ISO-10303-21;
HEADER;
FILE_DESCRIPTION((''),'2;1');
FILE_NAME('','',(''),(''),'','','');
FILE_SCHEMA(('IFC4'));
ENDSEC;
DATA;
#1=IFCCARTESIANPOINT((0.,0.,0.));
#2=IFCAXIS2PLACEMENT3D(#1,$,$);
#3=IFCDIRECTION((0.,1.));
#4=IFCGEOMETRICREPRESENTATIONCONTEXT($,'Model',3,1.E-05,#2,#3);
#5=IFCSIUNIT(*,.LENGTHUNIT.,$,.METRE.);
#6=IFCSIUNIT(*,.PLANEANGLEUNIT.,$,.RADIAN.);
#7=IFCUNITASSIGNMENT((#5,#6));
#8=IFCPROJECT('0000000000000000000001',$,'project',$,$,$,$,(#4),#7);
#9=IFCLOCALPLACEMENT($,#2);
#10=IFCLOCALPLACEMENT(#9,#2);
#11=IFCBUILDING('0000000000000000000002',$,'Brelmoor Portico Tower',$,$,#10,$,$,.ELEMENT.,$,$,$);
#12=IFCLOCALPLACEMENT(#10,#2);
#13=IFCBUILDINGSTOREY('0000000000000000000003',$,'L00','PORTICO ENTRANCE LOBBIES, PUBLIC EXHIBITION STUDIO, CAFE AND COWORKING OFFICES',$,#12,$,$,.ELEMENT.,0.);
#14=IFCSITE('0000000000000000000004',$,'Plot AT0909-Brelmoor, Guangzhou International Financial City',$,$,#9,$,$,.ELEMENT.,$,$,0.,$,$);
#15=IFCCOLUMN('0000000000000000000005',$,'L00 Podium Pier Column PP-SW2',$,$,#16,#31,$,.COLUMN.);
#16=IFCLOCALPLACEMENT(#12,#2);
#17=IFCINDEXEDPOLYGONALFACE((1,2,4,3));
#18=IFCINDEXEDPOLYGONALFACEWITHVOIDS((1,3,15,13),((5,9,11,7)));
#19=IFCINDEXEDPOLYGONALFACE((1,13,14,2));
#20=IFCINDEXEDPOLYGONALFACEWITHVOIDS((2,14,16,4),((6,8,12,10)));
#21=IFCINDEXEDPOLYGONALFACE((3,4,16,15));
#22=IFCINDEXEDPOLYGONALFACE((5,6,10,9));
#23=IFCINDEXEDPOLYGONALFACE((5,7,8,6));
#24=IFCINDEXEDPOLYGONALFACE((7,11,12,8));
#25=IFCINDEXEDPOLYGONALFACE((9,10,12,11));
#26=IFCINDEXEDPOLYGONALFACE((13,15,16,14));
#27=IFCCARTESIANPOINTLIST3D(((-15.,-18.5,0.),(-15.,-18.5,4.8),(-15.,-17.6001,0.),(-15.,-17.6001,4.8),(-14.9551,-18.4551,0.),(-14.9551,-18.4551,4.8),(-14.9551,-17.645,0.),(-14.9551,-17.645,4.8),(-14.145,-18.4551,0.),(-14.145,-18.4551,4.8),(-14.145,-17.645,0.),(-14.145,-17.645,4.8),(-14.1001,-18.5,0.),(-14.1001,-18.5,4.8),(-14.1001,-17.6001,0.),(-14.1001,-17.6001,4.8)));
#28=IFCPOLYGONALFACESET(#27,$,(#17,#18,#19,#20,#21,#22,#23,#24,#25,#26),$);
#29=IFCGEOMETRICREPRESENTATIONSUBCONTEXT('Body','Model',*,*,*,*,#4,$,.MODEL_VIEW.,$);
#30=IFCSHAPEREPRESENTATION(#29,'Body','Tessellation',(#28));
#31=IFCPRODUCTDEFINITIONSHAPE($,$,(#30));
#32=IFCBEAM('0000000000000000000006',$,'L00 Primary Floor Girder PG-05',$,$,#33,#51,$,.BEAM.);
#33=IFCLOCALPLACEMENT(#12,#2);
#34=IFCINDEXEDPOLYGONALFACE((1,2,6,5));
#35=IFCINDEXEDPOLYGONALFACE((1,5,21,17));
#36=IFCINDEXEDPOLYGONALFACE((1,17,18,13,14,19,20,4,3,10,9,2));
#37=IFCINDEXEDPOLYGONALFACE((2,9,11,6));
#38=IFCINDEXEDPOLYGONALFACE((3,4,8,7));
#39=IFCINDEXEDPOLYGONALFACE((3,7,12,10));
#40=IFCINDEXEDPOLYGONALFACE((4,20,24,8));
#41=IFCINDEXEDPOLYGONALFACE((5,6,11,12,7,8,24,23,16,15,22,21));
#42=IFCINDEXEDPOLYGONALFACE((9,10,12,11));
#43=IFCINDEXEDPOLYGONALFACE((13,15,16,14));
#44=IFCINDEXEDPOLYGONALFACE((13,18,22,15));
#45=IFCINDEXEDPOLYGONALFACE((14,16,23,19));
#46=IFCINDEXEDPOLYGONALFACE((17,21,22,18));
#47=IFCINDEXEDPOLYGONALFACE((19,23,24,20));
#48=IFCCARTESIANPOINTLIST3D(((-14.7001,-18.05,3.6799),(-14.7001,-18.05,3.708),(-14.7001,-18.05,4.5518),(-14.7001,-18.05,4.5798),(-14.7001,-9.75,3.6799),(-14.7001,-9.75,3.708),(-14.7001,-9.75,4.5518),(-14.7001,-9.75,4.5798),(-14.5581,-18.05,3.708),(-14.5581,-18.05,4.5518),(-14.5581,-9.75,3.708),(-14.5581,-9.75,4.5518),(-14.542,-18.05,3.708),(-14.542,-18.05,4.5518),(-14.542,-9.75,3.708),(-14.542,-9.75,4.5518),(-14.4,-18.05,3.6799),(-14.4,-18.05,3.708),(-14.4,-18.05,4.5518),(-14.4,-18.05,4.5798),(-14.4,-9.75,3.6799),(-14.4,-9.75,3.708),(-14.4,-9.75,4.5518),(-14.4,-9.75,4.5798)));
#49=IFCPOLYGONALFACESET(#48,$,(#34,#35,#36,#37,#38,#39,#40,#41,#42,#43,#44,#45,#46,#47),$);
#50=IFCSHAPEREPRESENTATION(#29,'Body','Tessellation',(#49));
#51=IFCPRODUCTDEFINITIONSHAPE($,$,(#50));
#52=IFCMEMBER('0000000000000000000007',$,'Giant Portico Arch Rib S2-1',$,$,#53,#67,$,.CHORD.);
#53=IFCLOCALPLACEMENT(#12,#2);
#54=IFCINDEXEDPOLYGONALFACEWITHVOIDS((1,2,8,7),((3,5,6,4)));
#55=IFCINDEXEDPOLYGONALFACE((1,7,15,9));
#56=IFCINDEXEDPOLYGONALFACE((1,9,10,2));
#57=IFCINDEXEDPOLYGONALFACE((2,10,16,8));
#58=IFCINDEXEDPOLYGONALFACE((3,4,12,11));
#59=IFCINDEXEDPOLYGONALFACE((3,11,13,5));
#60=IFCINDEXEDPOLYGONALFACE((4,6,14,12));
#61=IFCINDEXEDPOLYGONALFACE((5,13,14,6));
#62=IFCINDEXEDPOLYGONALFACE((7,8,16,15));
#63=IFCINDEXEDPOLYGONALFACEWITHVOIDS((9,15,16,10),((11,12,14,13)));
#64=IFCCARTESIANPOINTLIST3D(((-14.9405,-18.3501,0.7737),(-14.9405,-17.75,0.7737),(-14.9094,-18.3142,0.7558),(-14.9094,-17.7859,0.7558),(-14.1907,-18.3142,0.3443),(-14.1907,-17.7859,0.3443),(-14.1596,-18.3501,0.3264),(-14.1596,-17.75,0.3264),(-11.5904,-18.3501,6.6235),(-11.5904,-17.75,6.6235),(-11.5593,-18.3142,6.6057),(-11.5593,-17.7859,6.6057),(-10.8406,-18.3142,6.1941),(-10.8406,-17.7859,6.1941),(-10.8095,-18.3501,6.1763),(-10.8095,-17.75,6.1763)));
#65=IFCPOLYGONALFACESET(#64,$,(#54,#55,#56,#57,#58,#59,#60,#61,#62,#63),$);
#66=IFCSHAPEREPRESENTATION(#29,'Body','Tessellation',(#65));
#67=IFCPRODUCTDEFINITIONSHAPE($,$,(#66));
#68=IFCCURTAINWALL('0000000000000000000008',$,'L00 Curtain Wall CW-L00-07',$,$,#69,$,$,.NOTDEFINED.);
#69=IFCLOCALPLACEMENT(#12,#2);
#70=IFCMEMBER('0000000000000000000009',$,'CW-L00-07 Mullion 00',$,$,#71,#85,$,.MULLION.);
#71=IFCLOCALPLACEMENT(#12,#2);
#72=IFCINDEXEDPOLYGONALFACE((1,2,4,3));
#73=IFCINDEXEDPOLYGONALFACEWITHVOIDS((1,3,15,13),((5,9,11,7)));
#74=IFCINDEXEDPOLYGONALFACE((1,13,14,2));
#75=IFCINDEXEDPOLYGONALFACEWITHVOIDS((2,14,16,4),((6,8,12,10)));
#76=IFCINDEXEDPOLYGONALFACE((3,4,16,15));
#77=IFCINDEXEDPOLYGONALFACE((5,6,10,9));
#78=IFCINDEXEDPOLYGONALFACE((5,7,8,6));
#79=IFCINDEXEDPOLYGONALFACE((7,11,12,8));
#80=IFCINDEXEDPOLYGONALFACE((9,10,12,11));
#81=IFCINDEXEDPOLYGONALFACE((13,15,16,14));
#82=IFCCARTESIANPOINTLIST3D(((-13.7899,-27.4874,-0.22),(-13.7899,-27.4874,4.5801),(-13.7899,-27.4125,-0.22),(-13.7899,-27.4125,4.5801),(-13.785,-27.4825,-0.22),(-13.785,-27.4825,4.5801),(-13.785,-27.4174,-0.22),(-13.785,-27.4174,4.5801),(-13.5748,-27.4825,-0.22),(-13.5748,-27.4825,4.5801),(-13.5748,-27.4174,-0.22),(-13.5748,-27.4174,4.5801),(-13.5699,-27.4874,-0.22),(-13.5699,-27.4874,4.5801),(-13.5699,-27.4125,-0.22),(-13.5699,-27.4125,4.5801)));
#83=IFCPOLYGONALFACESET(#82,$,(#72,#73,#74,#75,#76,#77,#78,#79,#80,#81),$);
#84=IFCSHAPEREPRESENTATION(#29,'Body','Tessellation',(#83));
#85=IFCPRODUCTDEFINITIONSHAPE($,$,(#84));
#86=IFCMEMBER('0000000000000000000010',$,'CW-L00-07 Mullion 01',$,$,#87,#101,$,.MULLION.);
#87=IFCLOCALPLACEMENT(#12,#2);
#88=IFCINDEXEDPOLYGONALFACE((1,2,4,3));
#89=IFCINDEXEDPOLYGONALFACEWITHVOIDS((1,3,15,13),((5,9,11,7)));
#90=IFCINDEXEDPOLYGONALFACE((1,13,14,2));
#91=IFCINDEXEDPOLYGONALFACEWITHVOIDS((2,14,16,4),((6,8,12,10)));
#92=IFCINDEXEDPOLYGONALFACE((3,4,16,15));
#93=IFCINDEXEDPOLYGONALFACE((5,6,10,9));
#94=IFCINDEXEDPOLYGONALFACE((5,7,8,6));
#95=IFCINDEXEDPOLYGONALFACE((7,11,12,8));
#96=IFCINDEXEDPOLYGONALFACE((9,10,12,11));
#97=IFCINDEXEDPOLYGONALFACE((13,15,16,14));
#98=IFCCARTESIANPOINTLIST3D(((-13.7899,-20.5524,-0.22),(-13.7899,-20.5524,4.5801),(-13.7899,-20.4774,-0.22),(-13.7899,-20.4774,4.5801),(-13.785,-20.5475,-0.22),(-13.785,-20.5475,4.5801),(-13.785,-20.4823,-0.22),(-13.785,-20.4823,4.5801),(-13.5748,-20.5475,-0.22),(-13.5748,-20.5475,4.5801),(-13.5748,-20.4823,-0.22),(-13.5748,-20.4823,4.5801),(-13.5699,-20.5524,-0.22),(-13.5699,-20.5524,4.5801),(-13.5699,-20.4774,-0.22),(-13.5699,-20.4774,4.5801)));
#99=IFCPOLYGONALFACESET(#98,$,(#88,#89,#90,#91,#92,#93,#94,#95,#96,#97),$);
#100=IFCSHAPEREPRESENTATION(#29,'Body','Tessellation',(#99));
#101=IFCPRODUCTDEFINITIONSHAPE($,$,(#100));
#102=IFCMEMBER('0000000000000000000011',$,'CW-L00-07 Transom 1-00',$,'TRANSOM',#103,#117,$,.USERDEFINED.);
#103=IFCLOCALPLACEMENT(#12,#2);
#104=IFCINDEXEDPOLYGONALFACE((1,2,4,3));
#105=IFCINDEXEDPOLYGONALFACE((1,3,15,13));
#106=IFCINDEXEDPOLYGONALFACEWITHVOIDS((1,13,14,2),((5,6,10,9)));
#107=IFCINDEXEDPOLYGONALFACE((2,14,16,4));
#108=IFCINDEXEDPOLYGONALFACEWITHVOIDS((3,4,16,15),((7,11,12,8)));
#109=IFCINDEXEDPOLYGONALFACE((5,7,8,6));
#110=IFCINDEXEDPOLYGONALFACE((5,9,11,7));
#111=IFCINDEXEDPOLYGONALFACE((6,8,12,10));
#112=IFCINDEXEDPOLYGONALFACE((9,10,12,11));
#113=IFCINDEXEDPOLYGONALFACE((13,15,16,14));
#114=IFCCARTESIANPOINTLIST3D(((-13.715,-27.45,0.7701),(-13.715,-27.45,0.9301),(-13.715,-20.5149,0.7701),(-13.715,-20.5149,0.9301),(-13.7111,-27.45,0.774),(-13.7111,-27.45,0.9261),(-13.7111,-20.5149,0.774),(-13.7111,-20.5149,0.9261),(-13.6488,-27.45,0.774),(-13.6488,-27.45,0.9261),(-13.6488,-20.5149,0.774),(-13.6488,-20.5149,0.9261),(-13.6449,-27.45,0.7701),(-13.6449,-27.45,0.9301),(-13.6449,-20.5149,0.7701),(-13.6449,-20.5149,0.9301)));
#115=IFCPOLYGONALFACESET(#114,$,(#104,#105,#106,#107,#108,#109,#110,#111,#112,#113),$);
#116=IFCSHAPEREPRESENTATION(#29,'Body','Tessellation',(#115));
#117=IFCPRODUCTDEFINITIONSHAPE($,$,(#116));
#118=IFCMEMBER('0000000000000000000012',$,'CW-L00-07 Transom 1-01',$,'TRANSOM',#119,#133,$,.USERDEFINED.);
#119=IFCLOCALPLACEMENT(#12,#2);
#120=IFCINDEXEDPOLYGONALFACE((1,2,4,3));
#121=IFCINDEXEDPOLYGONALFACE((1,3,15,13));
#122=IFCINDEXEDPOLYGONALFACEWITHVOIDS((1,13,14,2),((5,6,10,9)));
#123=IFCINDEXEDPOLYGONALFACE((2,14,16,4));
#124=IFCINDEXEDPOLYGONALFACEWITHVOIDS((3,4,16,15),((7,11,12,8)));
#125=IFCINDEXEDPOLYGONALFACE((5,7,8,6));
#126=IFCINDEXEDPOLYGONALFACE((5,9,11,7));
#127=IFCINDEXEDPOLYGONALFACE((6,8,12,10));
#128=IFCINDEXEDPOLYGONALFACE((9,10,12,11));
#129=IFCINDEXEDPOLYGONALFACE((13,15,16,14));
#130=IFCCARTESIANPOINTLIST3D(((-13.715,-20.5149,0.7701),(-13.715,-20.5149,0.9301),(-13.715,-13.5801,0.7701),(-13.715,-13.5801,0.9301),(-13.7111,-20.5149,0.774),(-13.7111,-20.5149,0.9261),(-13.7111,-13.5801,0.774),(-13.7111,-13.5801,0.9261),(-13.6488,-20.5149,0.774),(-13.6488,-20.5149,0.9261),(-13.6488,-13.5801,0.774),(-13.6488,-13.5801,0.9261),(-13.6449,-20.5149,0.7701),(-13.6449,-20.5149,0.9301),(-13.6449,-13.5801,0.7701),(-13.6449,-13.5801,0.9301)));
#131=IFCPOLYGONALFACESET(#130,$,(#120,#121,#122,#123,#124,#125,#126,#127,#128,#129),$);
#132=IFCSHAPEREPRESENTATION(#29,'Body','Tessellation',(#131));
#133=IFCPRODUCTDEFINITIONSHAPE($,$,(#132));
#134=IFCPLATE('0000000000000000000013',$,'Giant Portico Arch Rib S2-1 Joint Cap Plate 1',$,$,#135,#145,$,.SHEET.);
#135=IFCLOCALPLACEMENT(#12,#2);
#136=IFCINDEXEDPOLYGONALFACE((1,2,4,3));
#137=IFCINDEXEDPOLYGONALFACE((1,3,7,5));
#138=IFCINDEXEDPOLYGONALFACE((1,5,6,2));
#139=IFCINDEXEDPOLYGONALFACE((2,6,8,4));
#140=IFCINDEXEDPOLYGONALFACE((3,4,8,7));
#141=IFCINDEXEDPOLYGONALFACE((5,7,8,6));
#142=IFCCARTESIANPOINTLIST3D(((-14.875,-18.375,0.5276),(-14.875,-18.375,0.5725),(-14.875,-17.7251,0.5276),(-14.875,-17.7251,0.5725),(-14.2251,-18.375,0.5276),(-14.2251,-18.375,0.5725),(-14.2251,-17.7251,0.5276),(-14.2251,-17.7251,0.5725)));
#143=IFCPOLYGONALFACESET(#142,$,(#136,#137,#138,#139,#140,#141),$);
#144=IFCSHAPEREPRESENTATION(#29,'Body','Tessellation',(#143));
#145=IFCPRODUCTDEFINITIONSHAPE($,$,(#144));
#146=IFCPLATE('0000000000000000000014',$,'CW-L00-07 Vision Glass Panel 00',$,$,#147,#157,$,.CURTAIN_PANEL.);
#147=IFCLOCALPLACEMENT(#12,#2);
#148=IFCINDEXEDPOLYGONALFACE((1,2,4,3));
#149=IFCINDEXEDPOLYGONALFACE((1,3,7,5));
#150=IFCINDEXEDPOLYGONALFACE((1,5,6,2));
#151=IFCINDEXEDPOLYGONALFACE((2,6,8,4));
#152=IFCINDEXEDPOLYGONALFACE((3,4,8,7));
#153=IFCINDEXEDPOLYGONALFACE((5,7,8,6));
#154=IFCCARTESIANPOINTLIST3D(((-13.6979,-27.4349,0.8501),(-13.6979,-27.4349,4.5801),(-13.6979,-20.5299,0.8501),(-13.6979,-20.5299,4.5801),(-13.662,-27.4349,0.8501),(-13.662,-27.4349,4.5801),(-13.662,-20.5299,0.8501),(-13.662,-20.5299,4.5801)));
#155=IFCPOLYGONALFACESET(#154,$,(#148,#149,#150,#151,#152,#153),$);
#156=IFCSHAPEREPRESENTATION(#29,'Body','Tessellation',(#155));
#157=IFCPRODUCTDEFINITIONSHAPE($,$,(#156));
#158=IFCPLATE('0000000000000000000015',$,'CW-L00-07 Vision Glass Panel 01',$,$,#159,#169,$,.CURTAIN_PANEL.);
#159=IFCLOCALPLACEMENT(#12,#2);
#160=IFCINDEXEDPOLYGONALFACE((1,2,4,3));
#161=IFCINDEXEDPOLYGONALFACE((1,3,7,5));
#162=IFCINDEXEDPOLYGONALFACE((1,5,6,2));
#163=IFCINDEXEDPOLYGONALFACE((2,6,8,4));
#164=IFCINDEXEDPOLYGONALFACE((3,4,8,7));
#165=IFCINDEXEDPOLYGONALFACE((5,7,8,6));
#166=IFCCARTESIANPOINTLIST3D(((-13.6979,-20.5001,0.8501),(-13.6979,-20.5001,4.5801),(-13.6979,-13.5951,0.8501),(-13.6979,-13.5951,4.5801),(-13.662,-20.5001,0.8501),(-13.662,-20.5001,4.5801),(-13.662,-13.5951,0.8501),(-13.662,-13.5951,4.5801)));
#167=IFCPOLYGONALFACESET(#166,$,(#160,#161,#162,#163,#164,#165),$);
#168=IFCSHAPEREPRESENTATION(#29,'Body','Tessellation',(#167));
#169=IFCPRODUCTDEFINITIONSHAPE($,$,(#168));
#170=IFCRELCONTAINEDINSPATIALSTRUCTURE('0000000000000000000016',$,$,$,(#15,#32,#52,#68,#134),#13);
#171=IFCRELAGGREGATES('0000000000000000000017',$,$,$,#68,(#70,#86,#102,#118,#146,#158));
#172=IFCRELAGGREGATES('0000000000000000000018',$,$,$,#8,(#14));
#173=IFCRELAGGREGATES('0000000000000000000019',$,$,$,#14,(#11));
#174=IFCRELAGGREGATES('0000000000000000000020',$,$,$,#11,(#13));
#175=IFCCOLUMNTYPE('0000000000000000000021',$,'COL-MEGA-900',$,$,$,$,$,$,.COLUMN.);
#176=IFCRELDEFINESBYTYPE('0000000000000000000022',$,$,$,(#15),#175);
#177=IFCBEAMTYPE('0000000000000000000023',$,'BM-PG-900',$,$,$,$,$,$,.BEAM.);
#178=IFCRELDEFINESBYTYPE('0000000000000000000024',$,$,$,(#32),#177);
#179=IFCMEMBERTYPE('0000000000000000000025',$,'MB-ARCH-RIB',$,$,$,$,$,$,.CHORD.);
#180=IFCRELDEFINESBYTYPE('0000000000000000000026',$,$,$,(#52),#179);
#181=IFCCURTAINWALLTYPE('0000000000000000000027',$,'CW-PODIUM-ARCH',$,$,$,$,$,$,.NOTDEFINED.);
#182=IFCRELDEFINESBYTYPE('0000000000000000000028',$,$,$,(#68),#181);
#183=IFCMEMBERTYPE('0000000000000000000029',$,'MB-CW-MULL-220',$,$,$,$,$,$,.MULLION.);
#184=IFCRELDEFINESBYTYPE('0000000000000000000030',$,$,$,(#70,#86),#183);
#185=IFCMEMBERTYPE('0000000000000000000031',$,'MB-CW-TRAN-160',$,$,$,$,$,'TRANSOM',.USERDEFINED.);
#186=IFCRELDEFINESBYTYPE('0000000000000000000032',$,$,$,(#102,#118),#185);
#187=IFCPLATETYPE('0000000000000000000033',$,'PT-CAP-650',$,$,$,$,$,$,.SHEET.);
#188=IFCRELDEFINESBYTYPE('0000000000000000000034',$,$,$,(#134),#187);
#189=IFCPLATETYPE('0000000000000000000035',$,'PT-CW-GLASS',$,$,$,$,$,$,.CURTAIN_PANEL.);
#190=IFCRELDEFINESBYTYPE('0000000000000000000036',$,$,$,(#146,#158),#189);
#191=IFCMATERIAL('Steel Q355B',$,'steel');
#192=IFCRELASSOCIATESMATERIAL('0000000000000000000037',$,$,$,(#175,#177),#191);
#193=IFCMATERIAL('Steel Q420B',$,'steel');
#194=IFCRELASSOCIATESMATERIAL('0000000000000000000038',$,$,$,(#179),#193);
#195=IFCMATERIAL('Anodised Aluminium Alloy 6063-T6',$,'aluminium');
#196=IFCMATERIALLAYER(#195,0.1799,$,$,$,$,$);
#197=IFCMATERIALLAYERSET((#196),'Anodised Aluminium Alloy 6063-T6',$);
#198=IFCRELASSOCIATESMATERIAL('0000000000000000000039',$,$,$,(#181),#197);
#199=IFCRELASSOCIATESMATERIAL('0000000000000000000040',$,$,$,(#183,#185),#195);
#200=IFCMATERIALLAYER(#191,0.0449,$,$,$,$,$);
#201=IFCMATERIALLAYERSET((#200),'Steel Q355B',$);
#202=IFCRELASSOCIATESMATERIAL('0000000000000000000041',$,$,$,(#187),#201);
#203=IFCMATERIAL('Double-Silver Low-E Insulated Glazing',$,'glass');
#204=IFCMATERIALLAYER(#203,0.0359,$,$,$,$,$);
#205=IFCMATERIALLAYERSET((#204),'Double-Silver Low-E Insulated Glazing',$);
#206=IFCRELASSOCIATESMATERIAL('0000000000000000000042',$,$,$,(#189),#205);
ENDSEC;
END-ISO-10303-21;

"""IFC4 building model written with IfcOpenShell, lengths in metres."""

from ifc_helpers import new_model, si_unit, direction, frame, origin, origin_2d, place, context, subcontext, project, spatial, rectangle, hollow_rectangle, i_section, extrude, material, layer, layer_set, material_profile, profile_set, type_object, element, aggregate, save


model = new_model("IFC4")

# Units and contexts
model_context = context("Model", 3, precision=1e-05, world=origin(), true_north=direction((0.0, 1.0)))
body_context = subcontext(model_context, "Body", "Model", "MODEL_VIEW")
ifc_project = project(units=[si_unit("LENGTHUNIT", "METRE"), si_unit("PLANEANGLEUNIT", "RADIAN")], contexts=[model_context])

# Site, building, storey
site_placement = place(None, origin())
site = spatial("IfcSite", under=ifc_project, at=site_placement, Name="Plot AT0909-Brelmoor, Guangzhou International Financial City", CompositionType="ELEMENT", RefElevation=0.0)
building_placement = place(site_placement, origin())
building = spatial("IfcBuilding", under=site, at=building_placement, Name="Brelmoor Portico Tower", CompositionType="ELEMENT")
storey_placement = place(building_placement, origin())
storey = spatial("IfcBuildingStorey", under=building, at=storey_placement, Name="L00", Description="PORTICO ENTRANCE LOBBIES, PUBLIC EXHIBITION STUDIO, CAFE AND COWORKING OFFICES", CompositionType="ELEMENT", Elevation=0.0)

# Column
ifc_material_1 = material(Name="Steel Q355B", Category="steel")
ifc_material_profile_1 = material_profile(ifc_material_1, hollow_rectangle(XDim=0.8999, YDim=0.8999, WallThickness=0.0449, at=origin_2d()), Name="BOX 900x900x45")
ifc_profile_set_1 = profile_set([ifc_material_profile_1], Name="Steel Q355B")
column_type = type_object("IfcColumnType", Name="COL-MEGA-900", PredefinedType="COLUMN", material=ifc_profile_set_1)
column_placement = place(storey_placement, frame((-14.55, -18.05, 0.0), z_axis=(0.0, 0.0, 1.0), x_axis=(1.0, 0.0, 0.0)))
element("IfcColumn", 1, at=column_placement, inside=storey, type_object=column_type, Name="L00 Podium Pier Column PP-SW2", PredefinedType="COLUMN", context=body_context, shape_type="SweptSolid", body=[
    extrude(hollow_rectangle(XDim=0.8999, YDim=0.8999, WallThickness=0.0449, at=origin_2d()), origin(), (0.0, 0.0, 1.0), 4.8),
])

# Beam
ifc_material_profile_2 = material_profile(ifc_material_1, i_section(OverallWidth=0.3, OverallDepth=0.8999, WebThickness=0.0161, FlangeThickness=0.0281, at=origin_2d()), Name="HN 900x300x16x28")
ifc_profile_set_2 = profile_set([ifc_material_profile_2], Name="Steel Q355B")
beam_type = type_object("IfcBeamType", Name="BM-PG-900", PredefinedType="BEAM", material=ifc_profile_set_2)
beam_placement = place(storey_placement, frame((-14.55, -18.05, 4.1299), z_axis=(0.0, 1.0, 0.0), x_axis=(-1.0, 0.0, 0.0)))
element("IfcBeam", 2, at=beam_placement, inside=storey, type_object=beam_type, Name="L00 Primary Floor Girder PG-05", PredefinedType="BEAM", context=body_context, shape_type="SweptSolid", body=[
    extrude(i_section(OverallWidth=0.3, OverallDepth=0.8999, WebThickness=0.0161, FlangeThickness=0.0281, at=origin_2d()), origin(), (0.0, 0.0, 1.0), 8.3),
])

# Member
ifc_material_2 = material(Name="Steel Q420B", Category="steel")
ifc_material_profile_3 = material_profile(ifc_material_2, hollow_rectangle(XDim=0.6001, YDim=0.8999, WallThickness=0.0359, at=origin_2d()), Name="RHS 600x900x36")
ifc_profile_set_3 = profile_set([ifc_material_profile_3], Name="Steel Q420B")
member_type_1 = type_object("IfcMemberType", Name="MB-ARCH-RIB", PredefinedType="CHORD", material=ifc_profile_set_3)
member_1_placement = place(storey_placement, frame((-14.55, -18.05, 0.55), z_axis=(0.496958, 0.0, 0.867775), x_axis=(0.0, 1.0, 0.0)))
element("IfcMember", 3, at=member_1_placement, inside=storey, type_object=member_type_1, Name="Giant Portico Arch Rib S2-1", PredefinedType="CHORD", context=body_context, shape_type="SweptSolid", body=[
    extrude(hollow_rectangle(XDim=0.6001, YDim=0.8999, WallThickness=0.0359, at=origin_2d()), origin(), (0.0, 0.0, 1.0), 6.7412),
])

# Curtain wall, members
ifc_material_3 = material(Name="Anodised Aluminium Alloy 6063-T6", Category="aluminium")
ifc_layer_1 = layer(ifc_material_3, 0.1799)
ifc_layer_set_1 = layer_set([ifc_layer_1], Name="Anodised Aluminium Alloy 6063-T6")
curtain_wall_type = type_object("IfcCurtainWallType", Name="CW-PODIUM-ARCH", PredefinedType="NOTDEFINED", material=ifc_layer_set_1)
curtain_wall_placement = place(storey_placement, origin())
curtain_wall = element("IfcCurtainWall", 4, at=curtain_wall_placement, inside=storey, type_object=curtain_wall_type, Name="L00 Curtain Wall CW-L00-07", PredefinedType="NOTDEFINED")
ifc_material_profile_4 = material_profile(ifc_material_3, hollow_rectangle(XDim=0.075, YDim=0.22, WallThickness=0.0049, at=origin_2d()), Name="ALU MULLION 75x220")
ifc_profile_set_4 = profile_set([ifc_material_profile_4], Name="Anodised Aluminium Alloy 6063-T6")
member_type_2 = type_object("IfcMemberType", Name="MB-CW-MULL-220", PredefinedType="MULLION", material=ifc_profile_set_4)
member_2_placement = place(storey_placement, frame((-13.6799, -27.45, -0.22), z_axis=(0.0, 0.0, 1.0), x_axis=(0.0, 1.0, 0.0)))
member_2 = element("IfcMember", 5, at=member_2_placement, type_object=member_type_2, Name="CW-L00-07 Mullion 00", PredefinedType="MULLION", context=body_context, shape_type="SweptSolid", body=[
    extrude(hollow_rectangle(XDim=0.075, YDim=0.22, WallThickness=0.0049, at=origin_2d()), origin(), (0.0, 0.0, 1.0), 4.8),
])
member_3_placement = place(storey_placement, frame((-13.6799, -20.5149, -0.22), z_axis=(0.0, 0.0, 1.0), x_axis=(0.0, 1.0, 0.0)))
member_3 = element("IfcMember", 6, at=member_3_placement, type_object=member_type_2, Name="CW-L00-07 Mullion 01", PredefinedType="MULLION", context=body_context, shape_type="SweptSolid", body=[
    extrude(hollow_rectangle(XDim=0.075, YDim=0.22, WallThickness=0.0049, at=origin_2d()), origin(), (0.0, 0.0, 1.0), 4.8),
])
ifc_material_profile_5 = material_profile(ifc_material_3, hollow_rectangle(XDim=0.0701, YDim=0.1599, WallThickness=0.0039, at=origin_2d()), Name="ALU TRANSOM 70x160")
ifc_profile_set_5 = profile_set([ifc_material_profile_5], Name="Anodised Aluminium Alloy 6063-T6")
member_type_3 = type_object("IfcMemberType", Name="MB-CW-TRAN-160", ElementType="TRANSOM", PredefinedType="USERDEFINED", material=ifc_profile_set_5)
member_4_placement = place(storey_placement, frame((-13.6799, -27.45, 0.8501), z_axis=(0.0, 1.0, 0.0), x_axis=(-1.0, 0.0, 0.0)))
member_4 = element("IfcMember", 7, at=member_4_placement, type_object=member_type_3, Name="CW-L00-07 Transom 1-00", ObjectType="TRANSOM", PredefinedType="USERDEFINED", context=body_context, shape_type="SweptSolid", body=[
    extrude(hollow_rectangle(XDim=0.0701, YDim=0.1599, WallThickness=0.0039, at=origin_2d()), origin(), (0.0, 0.0, 1.0), 6.9351),
])
member_5_placement = place(storey_placement, frame((-13.6799, -20.5149, 0.8501), z_axis=(0.0, 1.0, 0.0), x_axis=(-1.0, 0.0, 0.0)))
member_5 = element("IfcMember", 8, at=member_5_placement, type_object=member_type_3, Name="CW-L00-07 Transom 1-01", ObjectType="TRANSOM", PredefinedType="USERDEFINED", context=body_context, shape_type="SweptSolid", body=[
    extrude(hollow_rectangle(XDim=0.0701, YDim=0.1599, WallThickness=0.0039, at=origin_2d()), origin(), (0.0, 0.0, 1.0), 6.9348),
])

# Plates
ifc_layer_2 = layer(ifc_material_1, 0.0449)
ifc_layer_set_2 = layer_set([ifc_layer_2], Name="Steel Q355B")
plate_type_1 = type_object("IfcPlateType", Name="PT-CAP-650", PredefinedType="SHEET", material=ifc_layer_set_2)
plate_1_placement = place(storey_placement, frame((-14.55, -18.05, 0.5276), z_axis=(0.0, 0.0, 1.0), x_axis=(1.0, 0.0, 0.0)))
element("IfcPlate", 9, at=plate_1_placement, inside=storey, type_object=plate_type_1, Name="Giant Portico Arch Rib S2-1 Joint Cap Plate 1", PredefinedType="SHEET", context=body_context, shape_type="SweptSolid", body=[
    extrude(rectangle(XDim=0.6499, YDim=0.6499, at=origin_2d()), origin(), (0.0, 0.0, 1.0), 0.0449),
])
ifc_material_4 = material(Name="Double-Silver Low-E Insulated Glazing", Category="glass")
ifc_layer_3 = layer(ifc_material_4, 0.0359)
ifc_layer_set_3 = layer_set([ifc_layer_3], Name="Double-Silver Low-E Insulated Glazing")
plate_type_2 = type_object("IfcPlateType", Name="PT-CW-GLASS", PredefinedType="CURTAIN_PANEL", material=ifc_layer_set_3)
plate_2_placement = place(storey_placement, frame((-13.6799, -23.9824, 0.8501), z_axis=(0.0, 0.0, 1.0), x_axis=(0.0, 1.0, 0.0)))
plate_2 = element("IfcPlate", 10, at=plate_2_placement, type_object=plate_type_2, Name="CW-L00-07 Vision Glass Panel 00", PredefinedType="CURTAIN_PANEL", context=body_context, shape_type="SweptSolid", body=[
    extrude(rectangle(XDim=6.905, YDim=0.0359, at=origin_2d()), origin(), (0.0, 0.0, 1.0), 3.73),
])
plate_3_placement = place(storey_placement, frame((-13.6799, -17.0476, 0.8501), z_axis=(0.0, 0.0, 1.0), x_axis=(0.0, 1.0, 0.0)))
plate_3 = element("IfcPlate", 11, at=plate_3_placement, type_object=plate_type_2, Name="CW-L00-07 Vision Glass Panel 01", PredefinedType="CURTAIN_PANEL", context=body_context, shape_type="SweptSolid", body=[
    extrude(rectangle(XDim=6.905, YDim=0.0359, at=origin_2d()), origin(), (0.0, 0.0, 1.0), 3.73),
])
aggregate(curtain_wall, [member_2, member_3, member_4, member_5, plate_2, plate_3])

save(model, "model.ifc")
